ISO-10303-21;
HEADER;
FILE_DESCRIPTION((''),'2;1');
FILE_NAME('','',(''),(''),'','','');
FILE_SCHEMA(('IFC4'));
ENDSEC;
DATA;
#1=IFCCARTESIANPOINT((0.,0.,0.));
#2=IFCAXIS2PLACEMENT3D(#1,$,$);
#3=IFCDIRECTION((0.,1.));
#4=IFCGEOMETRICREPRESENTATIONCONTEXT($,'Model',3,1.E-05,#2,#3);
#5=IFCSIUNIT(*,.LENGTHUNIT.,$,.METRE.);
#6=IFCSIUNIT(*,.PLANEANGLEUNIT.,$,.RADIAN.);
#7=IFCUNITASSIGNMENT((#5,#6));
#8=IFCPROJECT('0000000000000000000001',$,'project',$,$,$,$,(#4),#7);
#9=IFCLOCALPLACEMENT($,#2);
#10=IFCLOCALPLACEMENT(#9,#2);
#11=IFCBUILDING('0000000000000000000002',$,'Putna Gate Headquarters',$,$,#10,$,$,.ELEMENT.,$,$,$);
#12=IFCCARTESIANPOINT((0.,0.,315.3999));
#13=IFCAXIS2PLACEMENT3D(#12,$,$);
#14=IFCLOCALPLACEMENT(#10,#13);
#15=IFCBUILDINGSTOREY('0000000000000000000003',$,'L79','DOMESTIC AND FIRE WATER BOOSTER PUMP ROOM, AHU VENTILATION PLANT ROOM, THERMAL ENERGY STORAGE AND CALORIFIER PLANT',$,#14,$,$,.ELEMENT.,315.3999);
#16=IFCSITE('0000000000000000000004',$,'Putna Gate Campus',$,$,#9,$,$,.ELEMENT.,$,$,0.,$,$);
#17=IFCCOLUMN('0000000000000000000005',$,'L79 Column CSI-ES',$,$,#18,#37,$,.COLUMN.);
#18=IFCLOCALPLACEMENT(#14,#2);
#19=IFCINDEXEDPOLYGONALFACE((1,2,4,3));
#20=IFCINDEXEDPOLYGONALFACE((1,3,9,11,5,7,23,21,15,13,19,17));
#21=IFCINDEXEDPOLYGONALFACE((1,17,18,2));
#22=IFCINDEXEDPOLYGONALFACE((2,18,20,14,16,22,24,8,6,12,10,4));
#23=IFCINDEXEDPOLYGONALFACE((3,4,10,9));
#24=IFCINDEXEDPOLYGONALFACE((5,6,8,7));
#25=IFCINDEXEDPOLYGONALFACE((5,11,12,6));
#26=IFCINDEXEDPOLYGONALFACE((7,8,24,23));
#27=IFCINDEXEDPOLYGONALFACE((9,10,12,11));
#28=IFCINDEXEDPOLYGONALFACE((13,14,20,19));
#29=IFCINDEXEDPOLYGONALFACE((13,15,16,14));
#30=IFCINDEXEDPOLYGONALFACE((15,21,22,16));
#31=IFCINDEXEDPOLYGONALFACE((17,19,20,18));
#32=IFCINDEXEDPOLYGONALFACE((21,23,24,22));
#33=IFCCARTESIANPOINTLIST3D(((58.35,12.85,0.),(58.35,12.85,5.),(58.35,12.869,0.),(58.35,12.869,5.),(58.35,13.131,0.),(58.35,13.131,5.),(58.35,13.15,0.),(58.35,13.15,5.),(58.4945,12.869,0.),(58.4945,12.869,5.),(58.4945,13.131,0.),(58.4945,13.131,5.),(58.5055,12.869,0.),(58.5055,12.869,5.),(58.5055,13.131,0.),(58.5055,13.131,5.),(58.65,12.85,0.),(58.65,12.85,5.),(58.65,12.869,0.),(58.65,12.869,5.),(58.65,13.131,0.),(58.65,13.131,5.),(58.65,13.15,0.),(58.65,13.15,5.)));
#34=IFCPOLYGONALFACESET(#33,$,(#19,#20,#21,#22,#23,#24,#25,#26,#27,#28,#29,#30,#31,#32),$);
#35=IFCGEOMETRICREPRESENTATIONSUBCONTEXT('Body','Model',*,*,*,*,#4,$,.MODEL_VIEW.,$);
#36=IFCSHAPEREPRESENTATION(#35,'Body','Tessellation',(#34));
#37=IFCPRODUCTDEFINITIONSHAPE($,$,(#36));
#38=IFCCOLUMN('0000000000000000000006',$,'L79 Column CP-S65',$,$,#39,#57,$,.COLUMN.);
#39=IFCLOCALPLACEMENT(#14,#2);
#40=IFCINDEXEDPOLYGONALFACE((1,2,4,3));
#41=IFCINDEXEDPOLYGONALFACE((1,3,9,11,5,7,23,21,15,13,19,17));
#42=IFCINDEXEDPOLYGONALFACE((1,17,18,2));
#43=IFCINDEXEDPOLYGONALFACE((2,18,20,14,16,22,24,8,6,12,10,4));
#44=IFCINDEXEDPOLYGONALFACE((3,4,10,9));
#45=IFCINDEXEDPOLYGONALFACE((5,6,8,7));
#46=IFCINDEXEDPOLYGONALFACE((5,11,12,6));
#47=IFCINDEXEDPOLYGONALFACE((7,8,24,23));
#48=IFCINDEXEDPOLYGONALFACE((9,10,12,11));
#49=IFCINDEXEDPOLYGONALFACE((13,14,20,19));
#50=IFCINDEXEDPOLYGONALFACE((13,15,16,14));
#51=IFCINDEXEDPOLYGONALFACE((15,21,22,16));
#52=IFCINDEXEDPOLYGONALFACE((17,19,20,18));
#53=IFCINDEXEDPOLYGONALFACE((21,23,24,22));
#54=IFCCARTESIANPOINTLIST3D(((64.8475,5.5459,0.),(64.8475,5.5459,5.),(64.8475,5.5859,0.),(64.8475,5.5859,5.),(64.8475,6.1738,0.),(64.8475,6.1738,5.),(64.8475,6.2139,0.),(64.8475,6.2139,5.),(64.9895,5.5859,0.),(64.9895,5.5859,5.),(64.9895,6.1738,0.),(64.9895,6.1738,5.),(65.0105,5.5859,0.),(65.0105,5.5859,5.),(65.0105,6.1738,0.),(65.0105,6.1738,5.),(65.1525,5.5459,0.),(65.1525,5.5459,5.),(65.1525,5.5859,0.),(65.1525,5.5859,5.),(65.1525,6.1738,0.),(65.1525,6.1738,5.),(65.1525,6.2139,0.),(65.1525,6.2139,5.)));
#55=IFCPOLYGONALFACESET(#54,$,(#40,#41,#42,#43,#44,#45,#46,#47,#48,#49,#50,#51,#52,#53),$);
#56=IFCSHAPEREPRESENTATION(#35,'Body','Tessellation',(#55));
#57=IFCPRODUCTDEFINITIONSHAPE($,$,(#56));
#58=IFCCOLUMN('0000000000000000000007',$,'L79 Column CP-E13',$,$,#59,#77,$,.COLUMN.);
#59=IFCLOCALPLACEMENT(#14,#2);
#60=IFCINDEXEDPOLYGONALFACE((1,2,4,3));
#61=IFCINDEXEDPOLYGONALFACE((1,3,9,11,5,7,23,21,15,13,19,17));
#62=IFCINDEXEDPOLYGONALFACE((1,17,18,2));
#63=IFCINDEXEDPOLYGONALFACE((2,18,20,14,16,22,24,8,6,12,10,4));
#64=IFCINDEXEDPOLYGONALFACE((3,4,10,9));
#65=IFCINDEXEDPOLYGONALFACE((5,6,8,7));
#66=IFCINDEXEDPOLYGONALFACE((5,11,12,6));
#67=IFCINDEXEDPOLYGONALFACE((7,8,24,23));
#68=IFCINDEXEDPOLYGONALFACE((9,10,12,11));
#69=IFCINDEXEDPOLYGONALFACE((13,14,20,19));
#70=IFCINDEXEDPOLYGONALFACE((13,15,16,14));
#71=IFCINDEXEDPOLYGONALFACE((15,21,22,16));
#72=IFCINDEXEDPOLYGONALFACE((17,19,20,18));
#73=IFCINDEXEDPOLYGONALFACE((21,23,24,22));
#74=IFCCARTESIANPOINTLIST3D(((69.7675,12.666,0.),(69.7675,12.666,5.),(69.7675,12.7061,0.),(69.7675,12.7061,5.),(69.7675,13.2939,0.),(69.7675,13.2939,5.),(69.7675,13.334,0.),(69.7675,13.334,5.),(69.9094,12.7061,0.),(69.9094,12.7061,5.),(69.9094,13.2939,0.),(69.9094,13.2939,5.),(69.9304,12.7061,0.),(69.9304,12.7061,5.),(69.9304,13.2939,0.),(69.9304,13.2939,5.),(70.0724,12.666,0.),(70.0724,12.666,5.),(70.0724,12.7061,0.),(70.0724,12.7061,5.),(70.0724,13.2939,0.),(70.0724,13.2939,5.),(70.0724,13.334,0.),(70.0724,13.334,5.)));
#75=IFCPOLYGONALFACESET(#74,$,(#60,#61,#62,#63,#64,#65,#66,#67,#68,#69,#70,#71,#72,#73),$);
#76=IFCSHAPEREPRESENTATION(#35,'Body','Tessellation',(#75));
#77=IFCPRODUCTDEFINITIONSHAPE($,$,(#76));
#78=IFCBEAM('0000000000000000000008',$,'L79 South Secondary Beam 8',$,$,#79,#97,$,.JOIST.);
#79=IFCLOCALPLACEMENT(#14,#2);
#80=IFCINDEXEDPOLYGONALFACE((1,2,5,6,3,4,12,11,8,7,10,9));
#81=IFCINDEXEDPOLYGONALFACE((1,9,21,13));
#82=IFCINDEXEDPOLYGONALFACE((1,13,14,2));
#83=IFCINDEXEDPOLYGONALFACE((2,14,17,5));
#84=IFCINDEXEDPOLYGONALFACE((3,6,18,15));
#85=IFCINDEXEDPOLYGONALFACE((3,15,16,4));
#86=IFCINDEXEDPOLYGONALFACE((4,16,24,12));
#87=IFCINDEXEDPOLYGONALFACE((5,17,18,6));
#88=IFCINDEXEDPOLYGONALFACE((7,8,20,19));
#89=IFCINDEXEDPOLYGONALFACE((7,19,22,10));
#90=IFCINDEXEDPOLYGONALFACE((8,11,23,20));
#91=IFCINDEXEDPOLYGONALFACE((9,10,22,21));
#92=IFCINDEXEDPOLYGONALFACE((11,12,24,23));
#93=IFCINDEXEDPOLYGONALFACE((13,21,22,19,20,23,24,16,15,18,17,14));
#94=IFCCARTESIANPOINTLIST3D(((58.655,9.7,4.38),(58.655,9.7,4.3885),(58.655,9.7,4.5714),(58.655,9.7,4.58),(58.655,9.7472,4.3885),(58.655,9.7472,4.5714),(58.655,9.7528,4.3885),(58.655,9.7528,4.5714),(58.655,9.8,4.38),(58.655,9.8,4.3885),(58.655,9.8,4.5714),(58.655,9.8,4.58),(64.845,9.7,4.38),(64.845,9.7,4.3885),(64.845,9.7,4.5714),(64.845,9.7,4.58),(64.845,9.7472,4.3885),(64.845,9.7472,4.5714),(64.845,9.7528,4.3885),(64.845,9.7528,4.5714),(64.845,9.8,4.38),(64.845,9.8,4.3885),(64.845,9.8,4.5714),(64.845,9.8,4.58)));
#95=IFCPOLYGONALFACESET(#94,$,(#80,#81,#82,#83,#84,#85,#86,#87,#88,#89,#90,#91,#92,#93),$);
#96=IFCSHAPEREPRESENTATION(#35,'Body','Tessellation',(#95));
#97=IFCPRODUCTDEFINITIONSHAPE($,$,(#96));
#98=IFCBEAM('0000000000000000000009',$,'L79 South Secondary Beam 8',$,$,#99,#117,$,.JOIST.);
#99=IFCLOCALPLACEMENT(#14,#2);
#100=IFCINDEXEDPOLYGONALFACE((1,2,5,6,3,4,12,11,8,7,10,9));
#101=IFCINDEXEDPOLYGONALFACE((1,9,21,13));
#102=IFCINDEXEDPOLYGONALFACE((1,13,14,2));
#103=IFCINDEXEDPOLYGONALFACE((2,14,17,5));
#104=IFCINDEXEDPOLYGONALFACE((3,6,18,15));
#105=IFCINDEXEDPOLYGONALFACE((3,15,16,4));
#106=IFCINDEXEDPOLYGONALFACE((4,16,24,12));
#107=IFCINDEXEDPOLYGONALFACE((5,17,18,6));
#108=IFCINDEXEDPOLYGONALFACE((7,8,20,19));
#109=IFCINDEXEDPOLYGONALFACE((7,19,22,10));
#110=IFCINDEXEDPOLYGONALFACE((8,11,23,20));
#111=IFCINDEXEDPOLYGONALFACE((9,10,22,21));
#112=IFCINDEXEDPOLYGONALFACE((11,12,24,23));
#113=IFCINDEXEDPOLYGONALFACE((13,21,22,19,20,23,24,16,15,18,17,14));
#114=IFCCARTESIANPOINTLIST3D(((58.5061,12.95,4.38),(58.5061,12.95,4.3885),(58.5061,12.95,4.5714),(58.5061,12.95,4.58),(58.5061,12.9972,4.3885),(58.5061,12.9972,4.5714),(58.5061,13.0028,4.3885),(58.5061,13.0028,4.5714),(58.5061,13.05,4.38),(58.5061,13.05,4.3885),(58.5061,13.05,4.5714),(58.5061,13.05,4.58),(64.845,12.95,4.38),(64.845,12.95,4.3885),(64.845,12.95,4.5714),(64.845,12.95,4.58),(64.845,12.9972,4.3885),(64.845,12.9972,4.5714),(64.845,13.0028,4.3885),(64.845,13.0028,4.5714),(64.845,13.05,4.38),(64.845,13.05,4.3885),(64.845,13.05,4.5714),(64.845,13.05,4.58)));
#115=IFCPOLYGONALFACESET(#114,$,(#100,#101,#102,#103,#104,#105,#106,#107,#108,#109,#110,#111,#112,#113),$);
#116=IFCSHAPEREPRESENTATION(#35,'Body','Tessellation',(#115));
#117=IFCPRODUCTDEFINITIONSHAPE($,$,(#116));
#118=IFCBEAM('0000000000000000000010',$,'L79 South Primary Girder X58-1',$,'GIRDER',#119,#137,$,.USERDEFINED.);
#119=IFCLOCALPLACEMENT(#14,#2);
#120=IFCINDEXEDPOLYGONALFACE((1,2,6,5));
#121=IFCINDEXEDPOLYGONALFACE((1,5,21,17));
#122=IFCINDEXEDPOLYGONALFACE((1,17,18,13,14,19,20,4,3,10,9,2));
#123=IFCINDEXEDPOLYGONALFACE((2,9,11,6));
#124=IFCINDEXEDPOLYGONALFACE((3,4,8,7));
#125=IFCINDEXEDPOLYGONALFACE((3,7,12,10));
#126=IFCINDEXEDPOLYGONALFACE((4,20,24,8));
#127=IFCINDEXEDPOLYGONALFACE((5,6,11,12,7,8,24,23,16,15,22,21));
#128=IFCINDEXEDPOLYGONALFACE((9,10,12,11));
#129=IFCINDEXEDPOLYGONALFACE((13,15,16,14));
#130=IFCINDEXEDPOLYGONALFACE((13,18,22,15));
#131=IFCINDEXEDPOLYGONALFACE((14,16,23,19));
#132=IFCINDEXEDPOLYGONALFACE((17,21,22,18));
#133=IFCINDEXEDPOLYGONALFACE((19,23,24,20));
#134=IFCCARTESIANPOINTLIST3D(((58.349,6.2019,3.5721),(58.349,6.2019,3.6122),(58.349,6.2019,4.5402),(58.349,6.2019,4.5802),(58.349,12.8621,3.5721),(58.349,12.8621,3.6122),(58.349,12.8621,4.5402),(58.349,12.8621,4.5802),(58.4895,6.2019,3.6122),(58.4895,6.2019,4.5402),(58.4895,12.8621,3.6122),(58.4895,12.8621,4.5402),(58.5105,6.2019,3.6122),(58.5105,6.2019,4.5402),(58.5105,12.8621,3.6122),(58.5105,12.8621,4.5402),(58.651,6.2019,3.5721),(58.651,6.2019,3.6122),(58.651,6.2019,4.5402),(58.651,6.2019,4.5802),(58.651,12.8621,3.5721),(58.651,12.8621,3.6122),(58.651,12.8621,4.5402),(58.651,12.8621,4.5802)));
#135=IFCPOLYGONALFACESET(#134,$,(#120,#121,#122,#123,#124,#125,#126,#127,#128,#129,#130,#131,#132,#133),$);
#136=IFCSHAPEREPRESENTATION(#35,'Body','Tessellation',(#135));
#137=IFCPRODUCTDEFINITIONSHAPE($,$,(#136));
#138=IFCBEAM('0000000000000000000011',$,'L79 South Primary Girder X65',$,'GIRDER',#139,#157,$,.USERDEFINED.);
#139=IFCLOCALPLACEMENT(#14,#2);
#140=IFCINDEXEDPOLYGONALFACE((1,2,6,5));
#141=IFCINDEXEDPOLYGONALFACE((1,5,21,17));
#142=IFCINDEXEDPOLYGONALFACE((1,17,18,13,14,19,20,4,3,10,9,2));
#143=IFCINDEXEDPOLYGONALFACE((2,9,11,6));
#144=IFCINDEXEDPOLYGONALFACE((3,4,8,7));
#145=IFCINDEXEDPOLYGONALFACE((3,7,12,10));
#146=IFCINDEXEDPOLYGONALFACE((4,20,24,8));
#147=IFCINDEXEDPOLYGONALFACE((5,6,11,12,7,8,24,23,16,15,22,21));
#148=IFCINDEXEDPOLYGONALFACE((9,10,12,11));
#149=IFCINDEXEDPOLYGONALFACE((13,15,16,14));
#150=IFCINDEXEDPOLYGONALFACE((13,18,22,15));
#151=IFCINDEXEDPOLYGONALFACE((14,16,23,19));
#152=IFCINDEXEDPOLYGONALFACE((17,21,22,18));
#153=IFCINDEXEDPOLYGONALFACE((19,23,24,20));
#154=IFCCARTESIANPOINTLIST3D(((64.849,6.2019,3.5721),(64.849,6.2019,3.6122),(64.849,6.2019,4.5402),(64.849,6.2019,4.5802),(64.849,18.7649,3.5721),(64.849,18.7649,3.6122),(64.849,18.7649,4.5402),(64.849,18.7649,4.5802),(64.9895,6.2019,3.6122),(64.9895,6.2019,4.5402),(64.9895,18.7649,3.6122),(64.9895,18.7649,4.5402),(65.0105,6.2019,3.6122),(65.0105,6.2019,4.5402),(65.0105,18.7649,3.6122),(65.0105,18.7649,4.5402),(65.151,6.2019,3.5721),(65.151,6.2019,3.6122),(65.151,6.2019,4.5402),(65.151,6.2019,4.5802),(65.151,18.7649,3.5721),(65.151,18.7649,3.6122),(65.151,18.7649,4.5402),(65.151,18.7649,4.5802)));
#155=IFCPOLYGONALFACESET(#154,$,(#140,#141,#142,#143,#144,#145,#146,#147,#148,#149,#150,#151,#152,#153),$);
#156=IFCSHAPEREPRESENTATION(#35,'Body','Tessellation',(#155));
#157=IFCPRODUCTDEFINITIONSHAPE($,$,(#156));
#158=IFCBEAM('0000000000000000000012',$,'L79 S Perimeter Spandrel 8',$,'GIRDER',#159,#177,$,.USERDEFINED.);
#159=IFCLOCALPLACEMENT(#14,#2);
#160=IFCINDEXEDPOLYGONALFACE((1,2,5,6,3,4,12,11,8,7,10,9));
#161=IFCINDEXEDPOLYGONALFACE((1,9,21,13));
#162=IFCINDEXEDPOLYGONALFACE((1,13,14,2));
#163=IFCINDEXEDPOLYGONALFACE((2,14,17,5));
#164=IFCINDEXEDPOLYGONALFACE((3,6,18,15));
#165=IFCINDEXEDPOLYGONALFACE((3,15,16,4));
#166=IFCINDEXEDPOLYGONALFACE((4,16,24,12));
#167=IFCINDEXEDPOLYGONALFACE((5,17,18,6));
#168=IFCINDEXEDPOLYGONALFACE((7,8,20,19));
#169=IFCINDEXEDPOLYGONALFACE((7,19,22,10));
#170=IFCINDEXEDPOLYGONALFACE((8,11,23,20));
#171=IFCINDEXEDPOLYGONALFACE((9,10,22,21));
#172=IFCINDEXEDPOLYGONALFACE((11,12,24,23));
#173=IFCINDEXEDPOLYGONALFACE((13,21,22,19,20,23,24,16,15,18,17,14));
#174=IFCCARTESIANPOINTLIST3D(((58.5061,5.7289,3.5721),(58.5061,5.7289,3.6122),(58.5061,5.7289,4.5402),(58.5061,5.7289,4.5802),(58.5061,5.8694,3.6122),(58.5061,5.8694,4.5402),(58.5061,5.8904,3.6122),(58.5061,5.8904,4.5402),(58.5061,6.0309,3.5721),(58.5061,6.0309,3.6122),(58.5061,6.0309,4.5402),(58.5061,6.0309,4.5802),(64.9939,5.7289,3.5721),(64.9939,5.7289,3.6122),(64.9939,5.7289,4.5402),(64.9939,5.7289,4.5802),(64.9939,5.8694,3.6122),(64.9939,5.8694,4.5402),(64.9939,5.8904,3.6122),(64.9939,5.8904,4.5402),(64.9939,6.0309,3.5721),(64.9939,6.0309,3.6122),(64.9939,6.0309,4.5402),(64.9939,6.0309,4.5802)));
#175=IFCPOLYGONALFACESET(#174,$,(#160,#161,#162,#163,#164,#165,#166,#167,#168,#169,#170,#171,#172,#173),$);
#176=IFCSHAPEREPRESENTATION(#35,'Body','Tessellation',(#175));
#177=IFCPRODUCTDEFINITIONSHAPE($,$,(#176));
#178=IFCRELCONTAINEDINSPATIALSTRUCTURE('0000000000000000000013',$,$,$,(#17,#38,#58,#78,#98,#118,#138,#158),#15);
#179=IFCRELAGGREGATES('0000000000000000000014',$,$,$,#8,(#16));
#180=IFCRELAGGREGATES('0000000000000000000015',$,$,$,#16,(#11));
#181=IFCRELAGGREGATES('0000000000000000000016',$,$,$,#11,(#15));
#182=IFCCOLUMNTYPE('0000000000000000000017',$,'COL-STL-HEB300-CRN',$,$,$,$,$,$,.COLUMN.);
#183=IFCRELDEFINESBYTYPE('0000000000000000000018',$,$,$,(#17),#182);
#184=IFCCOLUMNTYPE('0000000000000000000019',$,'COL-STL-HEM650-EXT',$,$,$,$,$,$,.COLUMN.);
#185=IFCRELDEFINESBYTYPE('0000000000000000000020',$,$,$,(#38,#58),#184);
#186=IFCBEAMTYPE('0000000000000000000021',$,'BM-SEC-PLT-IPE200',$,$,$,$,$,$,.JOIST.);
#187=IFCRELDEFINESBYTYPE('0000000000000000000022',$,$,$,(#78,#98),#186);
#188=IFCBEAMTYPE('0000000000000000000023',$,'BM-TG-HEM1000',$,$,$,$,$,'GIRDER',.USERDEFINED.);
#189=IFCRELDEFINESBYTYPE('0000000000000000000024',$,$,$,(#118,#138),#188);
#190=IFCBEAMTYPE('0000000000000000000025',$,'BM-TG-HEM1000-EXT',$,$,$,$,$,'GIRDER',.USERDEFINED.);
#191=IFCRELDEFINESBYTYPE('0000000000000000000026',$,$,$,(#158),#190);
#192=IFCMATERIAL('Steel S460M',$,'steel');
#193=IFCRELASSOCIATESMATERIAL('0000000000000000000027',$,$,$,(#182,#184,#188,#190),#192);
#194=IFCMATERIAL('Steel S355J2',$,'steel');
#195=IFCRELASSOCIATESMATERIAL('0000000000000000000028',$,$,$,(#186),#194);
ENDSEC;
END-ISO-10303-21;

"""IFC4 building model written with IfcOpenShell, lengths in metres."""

from ifc_helpers import new_model, si_unit, direction, frame, origin, origin_2d, place, context, subcontext, project, spatial, i_section, extrude, material, material_profile, profile_set, type_object, element, save


model = new_model("IFC4")

# Units and contexts
model_context = context("Model", 3, precision=1e-05, world=origin(), true_north=direction((0.0, 1.0)))
body_context = subcontext(model_context, "Body", "Model", "MODEL_VIEW")
ifc_project = project(units=[si_unit("LENGTHUNIT", "METRE"), si_unit("PLANEANGLEUNIT", "RADIAN")], contexts=[model_context])

# Site, building, storey
site_placement = place(None, origin())
site = spatial("IfcSite", under=ifc_project, at=site_placement, Name="Putna Gate Campus", CompositionType="ELEMENT", RefElevation=0.0)
building_placement = place(site_placement, origin())
building = spatial("IfcBuilding", under=site, at=building_placement, Name="Putna Gate Headquarters", CompositionType="ELEMENT")
storey_placement = place(building_placement, frame((0.0, 0.0, 315.3999)))
storey = spatial("IfcBuildingStorey", under=building, at=storey_placement, Name="L79", Description="DOMESTIC AND FIRE WATER BOOSTER PUMP ROOM, AHU VENTILATION PLANT ROOM, THERMAL ENERGY STORAGE AND CALORIFIER PLANT", CompositionType="ELEMENT", Elevation=315.3999)

# Columns
ifc_material_1 = material(Name="Steel S460M", Category="steel")
ifc_material_profile_1 = material_profile(ifc_material_1, i_section(OverallWidth=0.3, OverallDepth=0.3, WebThickness=0.011, FlangeThickness=0.019, at=origin_2d()), Name="Steel S460M")
ifc_profile_set_1 = profile_set([ifc_material_profile_1], Name="Steel S460M")
column_type_1 = type_object("IfcColumnType", Name="COL-STL-HEB300-CRN", PredefinedType="COLUMN", material=ifc_profile_set_1)
column_placement = place(storey_placement, frame((58.5, 13.0, 0.0), z_axis=(0.0, 0.0, 1.0), x_axis=(1.0, 0.0, 0.0)))
element("IfcColumn", 1, at=column_placement, inside=storey, type_object=column_type_1, Name="L79 Column CSI-ES", PredefinedType="COLUMN", context=body_context, shape_type="SweptSolid", body=[
    extrude(i_section(OverallWidth=0.3, OverallDepth=0.3, WebThickness=0.011, FlangeThickness=0.019, at=origin_2d()), origin(), (0.0, 0.0, 1.0), 5.0),
])
ifc_material_profile_2 = material_profile(ifc_material_1, i_section(OverallWidth=0.3049, OverallDepth=0.668, WebThickness=0.021, FlangeThickness=0.04, at=origin_2d()), Name="Steel S460M")
ifc_profile_set_2 = profile_set([ifc_material_profile_2], Name="Steel S460M")
column_type_2 = type_object("IfcColumnType", Name="COL-STL-HEM650-EXT", PredefinedType="COLUMN", material=ifc_profile_set_2)
for number, where, z_axis, x_axis, name in (
    (2, (65.0, 5.8799, 0.0), (0.0, 0.0, 1.0), (1.0, 0.0, 0.0), "L79 Column CP-S65"),
    (3, (69.9199, 13.0, 0.0), (0.0, 0.0, 1.0), (1.0, 0.0, 0.0), "L79 Column CP-E13"),
):
    element("IfcColumn", number, at=place(storey_placement, frame(where, z_axis=z_axis, x_axis=x_axis)), inside=storey, type_object=column_type_2, Name=name, PredefinedType="COLUMN", context=body_context, shape_type="SweptSolid", body=[
        extrude(i_section(OverallWidth=0.3049, OverallDepth=0.668, WebThickness=0.021, FlangeThickness=0.04, at=origin_2d()), origin(), (0.0, 0.0, 1.0), 5.0),
    ])

# Beams
ifc_material_2 = material(Name="Steel S355J2", Category="steel")
ifc_material_profile_3 = material_profile(ifc_material_2, i_section(OverallWidth=0.1001, OverallDepth=0.2, WebThickness=0.0056, FlangeThickness=0.0085, at=origin_2d()), Name="Steel S355J2")
ifc_profile_set_3 = profile_set([ifc_material_profile_3], Name="Steel S355J2")
beam_type_1 = type_object("IfcBeamType", Name="BM-SEC-PLT-IPE200", PredefinedType="JOIST", material=ifc_profile_set_3)
beam_1_placement = place(storey_placement, frame((58.655, 9.75, 4.48), z_axis=(1.0, 0.0, 0.0), x_axis=(0.0, 1.0, 0.0)))
element("IfcBeam", 4, at=beam_1_placement, inside=storey, type_object=beam_type_1, Name="L79 South Secondary Beam 8", PredefinedType="JOIST", context=body_context, shape_type="SweptSolid", body=[
    extrude(i_section(OverallWidth=0.1001, OverallDepth=0.2, WebThickness=0.0056, FlangeThickness=0.0085, at=origin_2d()), origin(), (0.0, 0.0, 1.0), 6.1899),
])
beam_2_placement = place(storey_placement, frame((58.5061, 13.0, 4.48), z_axis=(1.0, 0.0, 0.0), x_axis=(0.0, 1.0, 0.0)))
element("IfcBeam", 5, at=beam_2_placement, inside=storey, type_object=beam_type_1, Name="L79 South Secondary Beam 8", PredefinedType="JOIST", context=body_context, shape_type="SweptSolid", body=[
    extrude(i_section(OverallWidth=0.1001, OverallDepth=0.2, WebThickness=0.0056, FlangeThickness=0.0085, at=origin_2d()), origin(), (0.0, 0.0, 1.0), 6.3389),
])
ifc_material_profile_4 = material_profile(ifc_material_1, i_section(OverallWidth=0.302, OverallDepth=1.0081, WebThickness=0.021, FlangeThickness=0.04, at=origin_2d()), Name="Steel S460M")
ifc_profile_set_4 = profile_set([ifc_material_profile_4], Name="Steel S460M")
beam_type_2 = type_object("IfcBeamType", Name="BM-TG-HEM1000", ElementType="GIRDER", PredefinedType="USERDEFINED", material=ifc_profile_set_4)
beam_3_placement = place(storey_placement, frame((58.5, 6.2019, 4.0762), z_axis=(0.0, 1.0, 0.0), x_axis=(-1.0, 0.0, 0.0)))
element("IfcBeam", 6, at=beam_3_placement, inside=storey, type_object=beam_type_2, Name="L79 South Primary Girder X58-1", ObjectType="GIRDER", PredefinedType="USERDEFINED", context=body_context, shape_type="SweptSolid", body=[
    extrude(i_section(OverallWidth=0.302, OverallDepth=1.0081, WebThickness=0.021, FlangeThickness=0.04, at=origin_2d()), origin(), (0.0, 0.0, 1.0), 6.6602),
])
beam_4_placement = place(storey_placement, frame((65.0, 6.2019, 4.0762), z_axis=(0.0, 1.0, 0.0), x_axis=(-1.0, 0.0, 0.0)))
element("IfcBeam", 7, at=beam_4_placement, inside=storey, type_object=beam_type_2, Name="L79 South Primary Girder X65", ObjectType="GIRDER", PredefinedType="USERDEFINED", context=body_context, shape_type="SweptSolid", body=[
    extrude(i_section(OverallWidth=0.302, OverallDepth=1.0081, WebThickness=0.021, FlangeThickness=0.04, at=origin_2d()), origin(), (0.0, 0.0, 1.0), 12.563),
])
ifc_material_profile_5 = material_profile(ifc_material_1, i_section(OverallWidth=0.302, OverallDepth=1.0081, WebThickness=0.021, FlangeThickness=0.04, at=origin_2d()), Name="Steel S460M")
ifc_profile_set_5 = profile_set([ifc_material_profile_5], Name="Steel S460M")
beam_type_3 = type_object("IfcBeamType", Name="BM-TG-HEM1000-EXT", ElementType="GIRDER", PredefinedType="USERDEFINED", material=ifc_profile_set_5)
beam_5_placement = place(storey_placement, frame((58.5061, 5.8799, 4.0762), z_axis=(1.0, 0.0, 0.0), x_axis=(0.0, 1.0, 0.0)))
element("IfcBeam", 8, at=beam_5_placement, inside=storey, type_object=beam_type_3, Name="L79 S Perimeter Spandrel 8", ObjectType="GIRDER", PredefinedType="USERDEFINED", context=body_context, shape_type="SweptSolid", body=[
    extrude(i_section(OverallWidth=0.302, OverallDepth=1.0081, WebThickness=0.021, FlangeThickness=0.04, at=origin_2d()), origin(), (0.0, 0.0, 1.0), 6.4878),
])

save(model, "model.ifc")
